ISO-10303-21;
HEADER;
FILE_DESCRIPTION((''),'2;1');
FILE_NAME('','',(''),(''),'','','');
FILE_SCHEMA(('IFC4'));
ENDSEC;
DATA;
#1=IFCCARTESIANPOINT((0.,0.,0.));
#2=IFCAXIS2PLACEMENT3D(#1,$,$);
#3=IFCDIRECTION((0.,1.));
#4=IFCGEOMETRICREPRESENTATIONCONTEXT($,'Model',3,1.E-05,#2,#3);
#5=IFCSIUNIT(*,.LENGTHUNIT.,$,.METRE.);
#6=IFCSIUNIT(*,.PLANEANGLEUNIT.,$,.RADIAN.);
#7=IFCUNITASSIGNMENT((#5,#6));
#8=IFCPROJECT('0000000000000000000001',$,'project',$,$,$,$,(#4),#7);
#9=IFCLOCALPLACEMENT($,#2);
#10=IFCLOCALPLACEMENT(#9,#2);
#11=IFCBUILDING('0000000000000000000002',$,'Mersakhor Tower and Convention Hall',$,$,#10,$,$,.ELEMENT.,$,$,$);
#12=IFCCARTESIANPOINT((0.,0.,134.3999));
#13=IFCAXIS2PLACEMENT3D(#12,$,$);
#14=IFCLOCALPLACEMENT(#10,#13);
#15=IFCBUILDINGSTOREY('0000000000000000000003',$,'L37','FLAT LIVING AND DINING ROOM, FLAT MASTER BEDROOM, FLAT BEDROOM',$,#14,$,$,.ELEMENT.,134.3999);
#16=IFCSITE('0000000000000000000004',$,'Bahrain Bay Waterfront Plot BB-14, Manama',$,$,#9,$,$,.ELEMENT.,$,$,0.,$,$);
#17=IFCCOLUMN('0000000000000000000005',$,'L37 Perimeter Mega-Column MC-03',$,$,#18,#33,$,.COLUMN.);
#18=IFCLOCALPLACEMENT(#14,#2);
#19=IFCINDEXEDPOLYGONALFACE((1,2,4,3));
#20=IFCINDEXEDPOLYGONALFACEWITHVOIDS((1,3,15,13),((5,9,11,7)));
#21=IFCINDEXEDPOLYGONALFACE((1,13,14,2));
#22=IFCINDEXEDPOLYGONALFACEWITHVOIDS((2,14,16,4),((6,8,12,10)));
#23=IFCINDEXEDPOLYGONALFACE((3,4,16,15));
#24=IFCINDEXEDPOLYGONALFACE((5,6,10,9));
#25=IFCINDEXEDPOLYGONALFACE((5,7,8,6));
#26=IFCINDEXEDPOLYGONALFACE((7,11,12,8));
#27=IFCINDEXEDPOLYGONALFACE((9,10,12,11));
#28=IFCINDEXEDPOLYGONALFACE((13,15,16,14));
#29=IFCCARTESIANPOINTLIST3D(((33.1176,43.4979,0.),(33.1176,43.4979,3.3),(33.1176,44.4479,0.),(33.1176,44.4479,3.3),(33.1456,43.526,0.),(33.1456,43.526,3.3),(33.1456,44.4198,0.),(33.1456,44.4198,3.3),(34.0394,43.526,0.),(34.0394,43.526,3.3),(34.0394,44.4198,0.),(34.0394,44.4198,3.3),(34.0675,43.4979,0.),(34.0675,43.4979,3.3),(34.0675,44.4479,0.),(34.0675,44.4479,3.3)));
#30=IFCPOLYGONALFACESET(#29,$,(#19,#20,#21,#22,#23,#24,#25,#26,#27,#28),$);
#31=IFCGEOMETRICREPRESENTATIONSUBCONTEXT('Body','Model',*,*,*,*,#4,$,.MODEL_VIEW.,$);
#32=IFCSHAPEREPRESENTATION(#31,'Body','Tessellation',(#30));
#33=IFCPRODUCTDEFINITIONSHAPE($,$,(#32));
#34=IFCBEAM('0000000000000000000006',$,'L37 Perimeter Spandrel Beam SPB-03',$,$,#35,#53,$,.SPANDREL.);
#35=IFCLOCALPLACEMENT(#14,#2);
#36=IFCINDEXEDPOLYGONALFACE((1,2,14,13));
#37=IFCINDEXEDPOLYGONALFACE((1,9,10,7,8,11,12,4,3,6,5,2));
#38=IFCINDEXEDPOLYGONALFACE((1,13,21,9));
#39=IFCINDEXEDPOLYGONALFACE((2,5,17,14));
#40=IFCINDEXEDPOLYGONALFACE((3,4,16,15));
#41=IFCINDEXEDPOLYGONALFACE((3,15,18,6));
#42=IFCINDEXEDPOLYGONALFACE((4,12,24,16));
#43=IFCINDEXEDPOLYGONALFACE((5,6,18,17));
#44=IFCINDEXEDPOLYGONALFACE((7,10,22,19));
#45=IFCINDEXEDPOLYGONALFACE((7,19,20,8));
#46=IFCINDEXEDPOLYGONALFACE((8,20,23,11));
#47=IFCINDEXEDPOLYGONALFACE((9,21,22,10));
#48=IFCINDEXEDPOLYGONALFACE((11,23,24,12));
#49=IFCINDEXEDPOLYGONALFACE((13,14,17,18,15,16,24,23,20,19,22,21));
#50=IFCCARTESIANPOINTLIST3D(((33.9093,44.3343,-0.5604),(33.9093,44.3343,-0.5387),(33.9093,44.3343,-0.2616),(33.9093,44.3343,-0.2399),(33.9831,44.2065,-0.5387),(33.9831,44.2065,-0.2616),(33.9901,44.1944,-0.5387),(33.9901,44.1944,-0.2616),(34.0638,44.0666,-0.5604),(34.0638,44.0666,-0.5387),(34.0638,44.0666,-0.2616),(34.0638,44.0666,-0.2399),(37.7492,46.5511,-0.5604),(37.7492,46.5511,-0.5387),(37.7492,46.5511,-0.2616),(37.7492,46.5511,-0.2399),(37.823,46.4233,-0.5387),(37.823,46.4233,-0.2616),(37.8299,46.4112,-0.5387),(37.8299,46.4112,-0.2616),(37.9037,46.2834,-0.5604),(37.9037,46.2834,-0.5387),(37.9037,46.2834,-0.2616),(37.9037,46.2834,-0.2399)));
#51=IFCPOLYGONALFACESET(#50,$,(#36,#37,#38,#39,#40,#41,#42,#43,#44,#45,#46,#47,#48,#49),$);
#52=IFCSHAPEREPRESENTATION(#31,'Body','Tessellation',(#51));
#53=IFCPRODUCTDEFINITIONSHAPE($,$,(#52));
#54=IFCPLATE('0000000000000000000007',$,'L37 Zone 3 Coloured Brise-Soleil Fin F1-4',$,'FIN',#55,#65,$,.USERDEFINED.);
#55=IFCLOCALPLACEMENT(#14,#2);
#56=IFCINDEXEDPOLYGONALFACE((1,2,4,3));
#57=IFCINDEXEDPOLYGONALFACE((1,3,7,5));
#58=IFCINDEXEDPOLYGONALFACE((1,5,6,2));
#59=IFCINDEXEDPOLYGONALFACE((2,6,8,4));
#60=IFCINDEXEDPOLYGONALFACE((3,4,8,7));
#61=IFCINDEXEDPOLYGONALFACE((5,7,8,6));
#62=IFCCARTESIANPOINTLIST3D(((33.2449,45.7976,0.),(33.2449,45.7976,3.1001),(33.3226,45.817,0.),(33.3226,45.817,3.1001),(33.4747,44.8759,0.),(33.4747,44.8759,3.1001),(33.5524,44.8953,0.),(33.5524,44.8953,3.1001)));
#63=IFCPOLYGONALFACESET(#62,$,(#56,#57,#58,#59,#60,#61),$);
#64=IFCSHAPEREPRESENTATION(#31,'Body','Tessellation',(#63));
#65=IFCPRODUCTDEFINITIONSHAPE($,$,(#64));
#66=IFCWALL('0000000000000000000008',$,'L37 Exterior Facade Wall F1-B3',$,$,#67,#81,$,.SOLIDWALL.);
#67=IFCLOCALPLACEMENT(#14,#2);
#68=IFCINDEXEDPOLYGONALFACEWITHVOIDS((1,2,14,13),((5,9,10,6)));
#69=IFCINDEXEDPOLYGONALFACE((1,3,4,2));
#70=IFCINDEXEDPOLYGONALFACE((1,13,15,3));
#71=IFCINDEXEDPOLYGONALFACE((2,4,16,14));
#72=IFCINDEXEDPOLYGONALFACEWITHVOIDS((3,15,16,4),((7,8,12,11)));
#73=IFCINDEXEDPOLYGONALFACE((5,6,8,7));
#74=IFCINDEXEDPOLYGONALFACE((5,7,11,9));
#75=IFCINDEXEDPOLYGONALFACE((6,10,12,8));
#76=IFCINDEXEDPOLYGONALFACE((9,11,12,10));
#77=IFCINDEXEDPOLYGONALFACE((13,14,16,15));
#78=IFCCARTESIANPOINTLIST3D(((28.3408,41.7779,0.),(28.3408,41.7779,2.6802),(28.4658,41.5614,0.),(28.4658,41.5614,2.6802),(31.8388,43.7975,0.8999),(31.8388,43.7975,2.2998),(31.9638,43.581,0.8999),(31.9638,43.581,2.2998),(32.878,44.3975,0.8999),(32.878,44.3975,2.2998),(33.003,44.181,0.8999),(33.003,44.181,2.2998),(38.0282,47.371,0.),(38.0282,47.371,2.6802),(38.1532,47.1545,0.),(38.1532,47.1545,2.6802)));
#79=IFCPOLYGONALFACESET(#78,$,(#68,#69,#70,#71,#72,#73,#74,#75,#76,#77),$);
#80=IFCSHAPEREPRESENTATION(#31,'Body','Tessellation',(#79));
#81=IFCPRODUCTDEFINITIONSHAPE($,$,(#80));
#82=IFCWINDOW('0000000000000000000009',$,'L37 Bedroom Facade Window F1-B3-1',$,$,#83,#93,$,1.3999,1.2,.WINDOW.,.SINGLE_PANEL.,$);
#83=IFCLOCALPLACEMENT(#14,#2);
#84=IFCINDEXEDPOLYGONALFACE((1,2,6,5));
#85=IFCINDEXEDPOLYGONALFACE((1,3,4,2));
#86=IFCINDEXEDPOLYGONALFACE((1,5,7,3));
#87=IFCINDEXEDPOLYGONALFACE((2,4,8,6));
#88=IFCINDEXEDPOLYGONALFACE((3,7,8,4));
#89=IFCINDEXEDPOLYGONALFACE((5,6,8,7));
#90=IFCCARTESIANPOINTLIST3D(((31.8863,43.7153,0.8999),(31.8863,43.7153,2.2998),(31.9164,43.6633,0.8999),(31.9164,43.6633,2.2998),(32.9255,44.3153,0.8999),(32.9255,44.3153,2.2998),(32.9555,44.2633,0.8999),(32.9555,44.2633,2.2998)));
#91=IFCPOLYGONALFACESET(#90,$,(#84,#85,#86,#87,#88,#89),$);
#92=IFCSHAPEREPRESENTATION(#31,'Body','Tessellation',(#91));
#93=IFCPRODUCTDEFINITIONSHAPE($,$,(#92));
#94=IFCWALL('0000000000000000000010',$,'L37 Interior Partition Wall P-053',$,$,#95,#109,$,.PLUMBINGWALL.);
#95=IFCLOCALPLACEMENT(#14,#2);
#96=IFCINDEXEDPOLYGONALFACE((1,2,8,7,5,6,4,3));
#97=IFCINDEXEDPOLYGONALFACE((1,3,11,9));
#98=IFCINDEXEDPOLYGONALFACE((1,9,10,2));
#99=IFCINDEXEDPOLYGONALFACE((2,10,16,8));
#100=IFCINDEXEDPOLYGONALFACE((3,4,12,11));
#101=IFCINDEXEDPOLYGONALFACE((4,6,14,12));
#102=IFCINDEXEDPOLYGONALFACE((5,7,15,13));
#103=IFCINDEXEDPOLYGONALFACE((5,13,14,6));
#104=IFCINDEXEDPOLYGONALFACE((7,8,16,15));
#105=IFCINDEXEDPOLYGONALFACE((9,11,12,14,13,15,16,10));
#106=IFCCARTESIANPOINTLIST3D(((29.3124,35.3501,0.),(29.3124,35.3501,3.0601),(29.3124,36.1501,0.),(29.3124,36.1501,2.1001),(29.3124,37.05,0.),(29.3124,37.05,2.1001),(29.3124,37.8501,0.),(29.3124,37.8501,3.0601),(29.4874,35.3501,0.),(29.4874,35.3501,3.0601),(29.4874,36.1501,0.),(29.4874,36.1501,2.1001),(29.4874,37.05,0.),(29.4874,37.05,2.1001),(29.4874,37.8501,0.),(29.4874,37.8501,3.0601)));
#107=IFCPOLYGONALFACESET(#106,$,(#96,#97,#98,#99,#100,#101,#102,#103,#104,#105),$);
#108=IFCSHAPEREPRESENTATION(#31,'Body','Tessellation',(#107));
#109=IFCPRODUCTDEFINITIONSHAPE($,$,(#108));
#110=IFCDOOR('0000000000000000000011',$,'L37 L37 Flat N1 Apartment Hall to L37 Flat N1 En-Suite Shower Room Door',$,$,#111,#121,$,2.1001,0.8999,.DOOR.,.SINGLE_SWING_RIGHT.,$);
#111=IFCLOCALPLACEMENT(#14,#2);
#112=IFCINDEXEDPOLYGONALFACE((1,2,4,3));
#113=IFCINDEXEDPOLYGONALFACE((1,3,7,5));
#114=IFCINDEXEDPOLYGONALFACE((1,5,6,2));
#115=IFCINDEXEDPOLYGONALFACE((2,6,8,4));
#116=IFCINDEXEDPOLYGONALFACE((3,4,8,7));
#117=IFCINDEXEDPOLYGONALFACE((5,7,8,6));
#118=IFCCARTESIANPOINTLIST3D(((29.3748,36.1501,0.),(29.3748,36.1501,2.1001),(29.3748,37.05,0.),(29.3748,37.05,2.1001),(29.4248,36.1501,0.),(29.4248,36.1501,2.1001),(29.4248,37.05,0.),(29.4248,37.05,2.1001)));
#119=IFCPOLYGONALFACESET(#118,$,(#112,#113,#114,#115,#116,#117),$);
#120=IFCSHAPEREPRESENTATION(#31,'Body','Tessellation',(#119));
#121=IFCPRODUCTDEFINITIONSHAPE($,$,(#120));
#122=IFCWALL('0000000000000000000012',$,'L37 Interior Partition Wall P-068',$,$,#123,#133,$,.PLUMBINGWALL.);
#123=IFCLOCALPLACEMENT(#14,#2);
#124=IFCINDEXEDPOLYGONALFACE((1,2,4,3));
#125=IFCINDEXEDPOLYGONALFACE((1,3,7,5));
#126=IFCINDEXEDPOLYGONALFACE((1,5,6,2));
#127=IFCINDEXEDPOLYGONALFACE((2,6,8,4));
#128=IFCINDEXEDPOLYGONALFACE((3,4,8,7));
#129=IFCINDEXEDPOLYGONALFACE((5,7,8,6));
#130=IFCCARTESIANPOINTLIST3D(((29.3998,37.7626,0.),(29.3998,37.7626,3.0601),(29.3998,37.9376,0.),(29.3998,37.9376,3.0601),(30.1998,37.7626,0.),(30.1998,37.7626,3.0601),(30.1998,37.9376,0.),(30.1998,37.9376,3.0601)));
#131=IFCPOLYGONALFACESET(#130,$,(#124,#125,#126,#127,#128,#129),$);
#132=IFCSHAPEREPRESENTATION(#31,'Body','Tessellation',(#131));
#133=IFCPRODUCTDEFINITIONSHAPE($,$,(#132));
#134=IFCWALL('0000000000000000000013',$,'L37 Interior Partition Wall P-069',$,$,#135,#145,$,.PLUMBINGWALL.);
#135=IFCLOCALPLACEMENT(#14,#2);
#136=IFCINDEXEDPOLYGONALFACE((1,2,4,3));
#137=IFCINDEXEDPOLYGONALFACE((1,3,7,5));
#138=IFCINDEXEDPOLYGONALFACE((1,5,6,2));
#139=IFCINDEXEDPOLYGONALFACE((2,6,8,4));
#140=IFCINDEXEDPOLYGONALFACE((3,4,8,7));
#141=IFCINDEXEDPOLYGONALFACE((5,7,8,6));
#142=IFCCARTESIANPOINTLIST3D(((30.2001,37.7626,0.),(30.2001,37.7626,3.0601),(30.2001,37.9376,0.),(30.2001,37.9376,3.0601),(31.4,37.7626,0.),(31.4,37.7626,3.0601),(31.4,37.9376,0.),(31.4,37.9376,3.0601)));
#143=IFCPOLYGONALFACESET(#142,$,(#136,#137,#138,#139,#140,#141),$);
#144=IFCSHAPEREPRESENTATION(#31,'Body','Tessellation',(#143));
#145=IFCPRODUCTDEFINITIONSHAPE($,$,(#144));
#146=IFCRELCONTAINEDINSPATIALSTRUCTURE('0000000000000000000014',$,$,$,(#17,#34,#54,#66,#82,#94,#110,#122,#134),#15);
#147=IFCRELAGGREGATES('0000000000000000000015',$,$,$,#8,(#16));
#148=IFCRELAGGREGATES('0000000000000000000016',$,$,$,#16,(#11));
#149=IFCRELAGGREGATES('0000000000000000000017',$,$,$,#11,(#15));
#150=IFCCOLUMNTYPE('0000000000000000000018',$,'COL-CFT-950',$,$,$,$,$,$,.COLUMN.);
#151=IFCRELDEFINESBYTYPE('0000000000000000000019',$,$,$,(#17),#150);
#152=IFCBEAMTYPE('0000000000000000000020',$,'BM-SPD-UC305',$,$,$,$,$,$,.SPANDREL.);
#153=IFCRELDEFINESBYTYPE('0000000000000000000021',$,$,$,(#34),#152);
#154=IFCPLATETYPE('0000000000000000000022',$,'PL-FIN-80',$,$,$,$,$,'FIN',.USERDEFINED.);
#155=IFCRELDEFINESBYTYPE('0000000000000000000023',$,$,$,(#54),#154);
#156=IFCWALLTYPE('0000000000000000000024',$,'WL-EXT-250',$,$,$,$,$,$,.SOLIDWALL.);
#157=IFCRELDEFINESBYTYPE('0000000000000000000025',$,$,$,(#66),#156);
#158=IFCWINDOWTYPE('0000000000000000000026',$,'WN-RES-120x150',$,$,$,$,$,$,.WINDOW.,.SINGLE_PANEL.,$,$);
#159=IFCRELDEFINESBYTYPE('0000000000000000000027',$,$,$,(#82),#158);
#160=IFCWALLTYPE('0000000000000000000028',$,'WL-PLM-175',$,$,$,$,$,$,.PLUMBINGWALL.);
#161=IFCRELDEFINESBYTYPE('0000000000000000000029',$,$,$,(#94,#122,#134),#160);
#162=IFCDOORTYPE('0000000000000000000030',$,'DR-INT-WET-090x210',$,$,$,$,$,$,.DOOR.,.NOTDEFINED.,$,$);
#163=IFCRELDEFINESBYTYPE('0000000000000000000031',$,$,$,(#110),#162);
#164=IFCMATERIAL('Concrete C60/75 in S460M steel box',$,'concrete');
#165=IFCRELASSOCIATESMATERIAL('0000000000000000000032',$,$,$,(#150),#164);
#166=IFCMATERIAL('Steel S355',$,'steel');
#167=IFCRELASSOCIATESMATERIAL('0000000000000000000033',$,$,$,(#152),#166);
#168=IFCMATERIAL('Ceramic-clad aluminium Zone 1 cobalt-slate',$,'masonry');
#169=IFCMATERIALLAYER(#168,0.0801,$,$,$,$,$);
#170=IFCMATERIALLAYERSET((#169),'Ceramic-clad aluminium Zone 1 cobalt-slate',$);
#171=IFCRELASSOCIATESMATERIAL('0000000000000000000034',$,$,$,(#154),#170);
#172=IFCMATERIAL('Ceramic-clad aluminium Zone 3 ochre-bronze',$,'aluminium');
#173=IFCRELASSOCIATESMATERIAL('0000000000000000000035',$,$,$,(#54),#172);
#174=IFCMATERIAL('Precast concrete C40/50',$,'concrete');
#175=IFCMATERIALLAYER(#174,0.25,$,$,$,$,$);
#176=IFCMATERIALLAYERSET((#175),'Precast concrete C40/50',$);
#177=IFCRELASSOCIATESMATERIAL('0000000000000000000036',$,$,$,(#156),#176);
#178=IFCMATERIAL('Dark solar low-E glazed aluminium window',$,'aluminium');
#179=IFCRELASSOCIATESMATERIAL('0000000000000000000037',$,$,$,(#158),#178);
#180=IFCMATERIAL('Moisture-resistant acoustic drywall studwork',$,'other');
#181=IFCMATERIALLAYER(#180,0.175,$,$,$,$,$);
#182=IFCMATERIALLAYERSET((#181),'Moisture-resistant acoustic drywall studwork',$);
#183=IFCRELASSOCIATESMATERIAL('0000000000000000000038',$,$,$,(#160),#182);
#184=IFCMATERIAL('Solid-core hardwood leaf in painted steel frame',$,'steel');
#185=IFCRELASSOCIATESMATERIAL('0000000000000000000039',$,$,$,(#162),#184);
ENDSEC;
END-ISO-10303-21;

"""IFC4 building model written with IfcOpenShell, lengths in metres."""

from ifc_helpers import new_model, si_unit, direction, frame, frame_2d, origin, origin_2d, place, context, subcontext, project, spatial, rectangle, hollow_rectangle, i_section, extrude, material, layer, layer_set, material_profile, profile_set, type_object, element, fill, save


model = new_model("IFC4")

# Units and contexts
model_context = context("Model", 3, precision=1e-05, world=origin(), true_north=direction((0.0, 1.0)))
body_context = subcontext(model_context, "Body", "Model", "MODEL_VIEW")
ifc_project = project(units=[si_unit("LENGTHUNIT", "METRE"), si_unit("PLANEANGLEUNIT", "RADIAN")], contexts=[model_context])

# Site, building, storey
site_placement = place(None, origin())
site = spatial("IfcSite", under=ifc_project, at=site_placement, Name="Bahrain Bay Waterfront Plot BB-14, Manama", CompositionType="ELEMENT", RefElevation=0.0)
building_placement = place(site_placement, origin())
building = spatial("IfcBuilding", under=site, at=building_placement, Name="Mersakhor Tower and Convention Hall", CompositionType="ELEMENT")
storey_placement = place(building_placement, frame((0.0, 0.0, 134.3999)))
storey = spatial("IfcBuildingStorey", under=building, at=storey_placement, Name="L37", Description="FLAT LIVING AND DINING ROOM, FLAT MASTER BEDROOM, FLAT BEDROOM", CompositionType="ELEMENT", Elevation=134.3999)

# Column
ifc_material_1 = material(Name="Concrete C60/75 in S460M steel box", Category="concrete")
ifc_material_profile_1 = material_profile(ifc_material_1, hollow_rectangle(XDim=0.95, YDim=0.95, WallThickness=0.0281, at=origin_2d()), Name="SHS 950x950x28")
ifc_profile_set_1 = profile_set([ifc_material_profile_1], Name="Concrete C60/75 in S460M steel box")
column_type = type_object("IfcColumnType", Name="COL-CFT-950", PredefinedType="COLUMN", material=ifc_profile_set_1)
column_placement = place(storey_placement, frame((33.5925, 43.9729, 0.0), z_axis=(0.0, 0.0, 1.0), x_axis=(1.0, 0.0, 0.0)))
element("IfcColumn", 1, at=column_placement, inside=storey, type_object=column_type, Name="L37 Perimeter Mega-Column MC-03", PredefinedType="COLUMN", context=body_context, shape_type="SweptSolid", body=[
    extrude(hollow_rectangle(XDim=0.95, YDim=0.95, WallThickness=0.0281, at=origin_2d()), origin(), (0.0, 0.0, 1.0), 3.3),
])

# Beam
ifc_material_2 = material(Name="Steel S355", Category="steel")
ifc_material_profile_2 = material_profile(ifc_material_2, i_section(OverallWidth=0.3091, OverallDepth=0.3206, WebThickness=0.0139, FlangeThickness=0.0217, at=origin_2d()), Name="UC 305x305x137")
ifc_profile_set_2 = profile_set([ifc_material_profile_2], Name="Steel S355")
beam_type = type_object("IfcBeamType", Name="BM-SPD-UC305", PredefinedType="SPANDREL", material=ifc_profile_set_2)
beam_placement = place(storey_placement, frame((33.9866, 44.2004, -0.4001), z_axis=(0.866039, 0.499977, 0.0), x_axis=(-0.499977, 0.866039, 0.0)))
element("IfcBeam", 2, at=beam_placement, inside=storey, type_object=beam_type, Name="L37 Perimeter Spandrel Beam SPB-03", PredefinedType="SPANDREL", context=body_context, shape_type="SweptSolid", body=[
    extrude(i_section(OverallWidth=0.3091, OverallDepth=0.3206, WebThickness=0.0139, FlangeThickness=0.0217, at=origin_2d()), origin(), (0.0, 0.0, 1.0), 4.4338),
])

# Plate
ifc_material_3 = material(Name="Ceramic-clad aluminium Zone 3 ochre-bronze", Category="aluminium")
ifc_material_4 = material(Name="Ceramic-clad aluminium Zone 1 cobalt-slate", Category="masonry")
ifc_layer_1 = layer(ifc_material_4, 0.0801)
ifc_layer_set_1 = layer_set([ifc_layer_1], Name="Ceramic-clad aluminium Zone 1 cobalt-slate")
plate_type = type_object("IfcPlateType", Name="PL-FIN-80", ElementType="FIN", PredefinedType="USERDEFINED", material=ifc_layer_set_1)
plate_placement = place(storey_placement, frame((33.3987, 45.3464, 0.0), z_axis=(0.0, 0.0, 1.0), x_axis=(-0.241922, 0.970296, 0.0)))
element("IfcPlate", 3, at=plate_placement, inside=storey, type_object=plate_type, material=ifc_material_3, Name="L37 Zone 3 Coloured Brise-Soleil Fin F1-4", ObjectType="FIN", PredefinedType="USERDEFINED", context=body_context, shape_type="SweptSolid", body=[
    extrude(rectangle(XDim=0.95, YDim=0.0801, at=origin_2d()), origin(), (0.0, 0.0, 1.0), 3.1001),
])

# Wall, opening, window
ifc_material_5 = material(Name="Precast concrete C40/50", Category="concrete")
ifc_layer_2 = layer(ifc_material_5, 0.25)
ifc_layer_set_2 = layer_set([ifc_layer_2], Name="Precast concrete C40/50")
wall_type_1 = type_object("IfcWallType", Name="WL-EXT-250", PredefinedType="SOLIDWALL", material=ifc_layer_set_2)
wall_1_placement = place(storey_placement, frame((28.4033, 41.6697, 0.0), z_axis=(0.0, 0.0, 1.0), x_axis=(0.866022, 0.500005, 0.0)))
wall_1 = element("IfcWall", 4, at=wall_1_placement, inside=storey, type_object=wall_type_1, Name="L37 Exterior Facade Wall F1-B3", PredefinedType="SOLIDWALL", context=body_context, shape_type="SweptSolid", body=[
    extrude(rectangle(XDim=11.186, YDim=0.25, at=frame_2d((5.593, 0.0))), origin(), (0.0, 0.0, 1.0), 2.6802),
])
opening_1_placement = place(wall_1_placement, frame((4.0391, 0.0, 0.8999)))
opening_1 = element("IfcOpeningElement", 5, at=opening_1_placement, cuts=wall_1, PredefinedType="OPENING", context=body_context, shape_type="SweptSolid", body=[
    extrude(rectangle(XDim=1.2, YDim=1.3999, at=frame_2d((0.6001, 0.7))), frame((0.0, 0.135, 0.0), z_axis=(0.0, -1.0, 0.0), x_axis=(1.0, 0.0, 0.0)), (0.0, 0.0, 1.0), 0.27),
])
ifc_material_6 = material(Name="Dark solar low-E glazed aluminium window", Category="aluminium")
window_type = type_object("IfcWindowType", Name="WN-RES-120x150", PartitioningType="SINGLE_PANEL", PredefinedType="WINDOW", material=ifc_material_6)
window_placement = place(opening_1_placement, origin())
window = element("IfcWindow", 6, at=window_placement, inside=storey, type_object=window_type, Name="L37 Bedroom Facade Window F1-B3-1", OverallHeight=1.3999, OverallWidth=1.2, PartitioningType="SINGLE_PANEL", PredefinedType="WINDOW", context=body_context, shape_type="SweptSolid", body=[
    extrude(rectangle(XDim=1.2, YDim=1.3999, at=frame_2d((0.6001, 0.7))), frame((0.0, 0.03, 0.0), z_axis=(0.0, -1.0, 0.0), x_axis=(1.0, 0.0, 0.0)), (0.0, 0.0, 1.0), 0.0601),
])
fill(opening_1, window)

# Wall, opening, door
ifc_material_7 = material(Name="Moisture-resistant acoustic drywall studwork", Category="other")
ifc_layer_3 = layer(ifc_material_7, 0.175)
ifc_layer_set_3 = layer_set([ifc_layer_3], Name="Moisture-resistant acoustic drywall studwork")
wall_type_2 = type_object("IfcWallType", Name="WL-PLM-175", PredefinedType="PLUMBINGWALL", material=ifc_layer_set_3)
wall_2_placement = place(storey_placement, frame((29.3999, 37.8501, 0.0), z_axis=(0.0, 0.0, 1.0), x_axis=(0.0, -1.0, 0.0)))
wall_2 = element("IfcWall", 7, at=wall_2_placement, inside=storey, type_object=wall_type_2, Name="L37 Interior Partition Wall P-053", PredefinedType="PLUMBINGWALL", context=body_context, shape_type="SweptSolid", body=[
    extrude(rectangle(XDim=2.5, YDim=0.175, at=frame_2d((1.25, 0.0))), origin(), (0.0, 0.0, 1.0), 3.0601),
])
opening_2_placement = place(wall_2_placement, frame((0.8, 0.0, 0.0)))
opening_2 = element("IfcOpeningElement", 8, at=opening_2_placement, cuts=wall_2, PredefinedType="OPENING", context=body_context, shape_type="SweptSolid", body=[
    extrude(rectangle(XDim=0.8999, YDim=2.1001, at=frame_2d((0.45, 1.05))), frame((0.0, 0.0974, 0.0), z_axis=(0.0, -1.0, 0.0), x_axis=(1.0, 0.0, 0.0)), (0.0, 0.0, 1.0), 0.1951),
])
ifc_material_8 = material(Name="Solid-core hardwood leaf in painted steel frame", Category="steel")
door_type_1 = type_object("IfcDoorType", Name="DR-INT-WET-090x210", OperationType="NOTDEFINED", PredefinedType="DOOR", material=ifc_material_8)
door_1_placement = place(opening_2_placement, origin())
door_1 = element("IfcDoor", 9, at=door_1_placement, inside=storey, type_object=door_type_1, Name="L37 L37 Flat N1 Apartment Hall to L37 Flat N1 En-Suite Shower Room Door", OperationType="SINGLE_SWING_RIGHT", OverallHeight=2.1001, OverallWidth=0.8999, PredefinedType="DOOR", context=body_context, shape_type="SweptSolid", body=[
    extrude(rectangle(XDim=0.8999, YDim=2.1001, at=frame_2d((0.45, 1.05))), frame((0.0, 0.0249, 0.0), z_axis=(0.0, -1.0, 0.0), x_axis=(1.0, 0.0, 0.0)), (0.0, 0.0, 1.0), 0.05),
])
fill(opening_2, door_1)

# Walls
wall_3_placement = place(storey_placement, frame((29.3999, 37.8501, 0.0), z_axis=(0.0, 0.0, 1.0), x_axis=(1.0, 0.0, 0.0)))
element("IfcWall", 10, at=wall_3_placement, inside=storey, type_object=wall_type_2, Name="L37 Interior Partition Wall P-068", PredefinedType="PLUMBINGWALL", context=body_context, shape_type="SweptSolid", body=[
    extrude(rectangle(XDim=0.8, YDim=0.175, at=frame_2d((0.3999, 0.0))), origin(), (0.0, 0.0, 1.0), 3.0601),
])
wall_4_placement = place(storey_placement, frame((30.2, 37.8501, 0.0), z_axis=(0.0, 0.0, 1.0), x_axis=(1.0, 0.0, 0.0)))
element("IfcWall", 11, at=wall_4_placement, inside=storey, type_object=wall_type_2, Name="L37 Interior Partition Wall P-069", PredefinedType="PLUMBINGWALL", context=body_context, shape_type="SweptSolid", body=[
    extrude(rectangle(XDim=1.2, YDim=0.175, at=frame_2d((0.6001, 0.0))), origin(), (0.0, 0.0, 1.0), 3.0601),
])

save(model, "model.ifc")
